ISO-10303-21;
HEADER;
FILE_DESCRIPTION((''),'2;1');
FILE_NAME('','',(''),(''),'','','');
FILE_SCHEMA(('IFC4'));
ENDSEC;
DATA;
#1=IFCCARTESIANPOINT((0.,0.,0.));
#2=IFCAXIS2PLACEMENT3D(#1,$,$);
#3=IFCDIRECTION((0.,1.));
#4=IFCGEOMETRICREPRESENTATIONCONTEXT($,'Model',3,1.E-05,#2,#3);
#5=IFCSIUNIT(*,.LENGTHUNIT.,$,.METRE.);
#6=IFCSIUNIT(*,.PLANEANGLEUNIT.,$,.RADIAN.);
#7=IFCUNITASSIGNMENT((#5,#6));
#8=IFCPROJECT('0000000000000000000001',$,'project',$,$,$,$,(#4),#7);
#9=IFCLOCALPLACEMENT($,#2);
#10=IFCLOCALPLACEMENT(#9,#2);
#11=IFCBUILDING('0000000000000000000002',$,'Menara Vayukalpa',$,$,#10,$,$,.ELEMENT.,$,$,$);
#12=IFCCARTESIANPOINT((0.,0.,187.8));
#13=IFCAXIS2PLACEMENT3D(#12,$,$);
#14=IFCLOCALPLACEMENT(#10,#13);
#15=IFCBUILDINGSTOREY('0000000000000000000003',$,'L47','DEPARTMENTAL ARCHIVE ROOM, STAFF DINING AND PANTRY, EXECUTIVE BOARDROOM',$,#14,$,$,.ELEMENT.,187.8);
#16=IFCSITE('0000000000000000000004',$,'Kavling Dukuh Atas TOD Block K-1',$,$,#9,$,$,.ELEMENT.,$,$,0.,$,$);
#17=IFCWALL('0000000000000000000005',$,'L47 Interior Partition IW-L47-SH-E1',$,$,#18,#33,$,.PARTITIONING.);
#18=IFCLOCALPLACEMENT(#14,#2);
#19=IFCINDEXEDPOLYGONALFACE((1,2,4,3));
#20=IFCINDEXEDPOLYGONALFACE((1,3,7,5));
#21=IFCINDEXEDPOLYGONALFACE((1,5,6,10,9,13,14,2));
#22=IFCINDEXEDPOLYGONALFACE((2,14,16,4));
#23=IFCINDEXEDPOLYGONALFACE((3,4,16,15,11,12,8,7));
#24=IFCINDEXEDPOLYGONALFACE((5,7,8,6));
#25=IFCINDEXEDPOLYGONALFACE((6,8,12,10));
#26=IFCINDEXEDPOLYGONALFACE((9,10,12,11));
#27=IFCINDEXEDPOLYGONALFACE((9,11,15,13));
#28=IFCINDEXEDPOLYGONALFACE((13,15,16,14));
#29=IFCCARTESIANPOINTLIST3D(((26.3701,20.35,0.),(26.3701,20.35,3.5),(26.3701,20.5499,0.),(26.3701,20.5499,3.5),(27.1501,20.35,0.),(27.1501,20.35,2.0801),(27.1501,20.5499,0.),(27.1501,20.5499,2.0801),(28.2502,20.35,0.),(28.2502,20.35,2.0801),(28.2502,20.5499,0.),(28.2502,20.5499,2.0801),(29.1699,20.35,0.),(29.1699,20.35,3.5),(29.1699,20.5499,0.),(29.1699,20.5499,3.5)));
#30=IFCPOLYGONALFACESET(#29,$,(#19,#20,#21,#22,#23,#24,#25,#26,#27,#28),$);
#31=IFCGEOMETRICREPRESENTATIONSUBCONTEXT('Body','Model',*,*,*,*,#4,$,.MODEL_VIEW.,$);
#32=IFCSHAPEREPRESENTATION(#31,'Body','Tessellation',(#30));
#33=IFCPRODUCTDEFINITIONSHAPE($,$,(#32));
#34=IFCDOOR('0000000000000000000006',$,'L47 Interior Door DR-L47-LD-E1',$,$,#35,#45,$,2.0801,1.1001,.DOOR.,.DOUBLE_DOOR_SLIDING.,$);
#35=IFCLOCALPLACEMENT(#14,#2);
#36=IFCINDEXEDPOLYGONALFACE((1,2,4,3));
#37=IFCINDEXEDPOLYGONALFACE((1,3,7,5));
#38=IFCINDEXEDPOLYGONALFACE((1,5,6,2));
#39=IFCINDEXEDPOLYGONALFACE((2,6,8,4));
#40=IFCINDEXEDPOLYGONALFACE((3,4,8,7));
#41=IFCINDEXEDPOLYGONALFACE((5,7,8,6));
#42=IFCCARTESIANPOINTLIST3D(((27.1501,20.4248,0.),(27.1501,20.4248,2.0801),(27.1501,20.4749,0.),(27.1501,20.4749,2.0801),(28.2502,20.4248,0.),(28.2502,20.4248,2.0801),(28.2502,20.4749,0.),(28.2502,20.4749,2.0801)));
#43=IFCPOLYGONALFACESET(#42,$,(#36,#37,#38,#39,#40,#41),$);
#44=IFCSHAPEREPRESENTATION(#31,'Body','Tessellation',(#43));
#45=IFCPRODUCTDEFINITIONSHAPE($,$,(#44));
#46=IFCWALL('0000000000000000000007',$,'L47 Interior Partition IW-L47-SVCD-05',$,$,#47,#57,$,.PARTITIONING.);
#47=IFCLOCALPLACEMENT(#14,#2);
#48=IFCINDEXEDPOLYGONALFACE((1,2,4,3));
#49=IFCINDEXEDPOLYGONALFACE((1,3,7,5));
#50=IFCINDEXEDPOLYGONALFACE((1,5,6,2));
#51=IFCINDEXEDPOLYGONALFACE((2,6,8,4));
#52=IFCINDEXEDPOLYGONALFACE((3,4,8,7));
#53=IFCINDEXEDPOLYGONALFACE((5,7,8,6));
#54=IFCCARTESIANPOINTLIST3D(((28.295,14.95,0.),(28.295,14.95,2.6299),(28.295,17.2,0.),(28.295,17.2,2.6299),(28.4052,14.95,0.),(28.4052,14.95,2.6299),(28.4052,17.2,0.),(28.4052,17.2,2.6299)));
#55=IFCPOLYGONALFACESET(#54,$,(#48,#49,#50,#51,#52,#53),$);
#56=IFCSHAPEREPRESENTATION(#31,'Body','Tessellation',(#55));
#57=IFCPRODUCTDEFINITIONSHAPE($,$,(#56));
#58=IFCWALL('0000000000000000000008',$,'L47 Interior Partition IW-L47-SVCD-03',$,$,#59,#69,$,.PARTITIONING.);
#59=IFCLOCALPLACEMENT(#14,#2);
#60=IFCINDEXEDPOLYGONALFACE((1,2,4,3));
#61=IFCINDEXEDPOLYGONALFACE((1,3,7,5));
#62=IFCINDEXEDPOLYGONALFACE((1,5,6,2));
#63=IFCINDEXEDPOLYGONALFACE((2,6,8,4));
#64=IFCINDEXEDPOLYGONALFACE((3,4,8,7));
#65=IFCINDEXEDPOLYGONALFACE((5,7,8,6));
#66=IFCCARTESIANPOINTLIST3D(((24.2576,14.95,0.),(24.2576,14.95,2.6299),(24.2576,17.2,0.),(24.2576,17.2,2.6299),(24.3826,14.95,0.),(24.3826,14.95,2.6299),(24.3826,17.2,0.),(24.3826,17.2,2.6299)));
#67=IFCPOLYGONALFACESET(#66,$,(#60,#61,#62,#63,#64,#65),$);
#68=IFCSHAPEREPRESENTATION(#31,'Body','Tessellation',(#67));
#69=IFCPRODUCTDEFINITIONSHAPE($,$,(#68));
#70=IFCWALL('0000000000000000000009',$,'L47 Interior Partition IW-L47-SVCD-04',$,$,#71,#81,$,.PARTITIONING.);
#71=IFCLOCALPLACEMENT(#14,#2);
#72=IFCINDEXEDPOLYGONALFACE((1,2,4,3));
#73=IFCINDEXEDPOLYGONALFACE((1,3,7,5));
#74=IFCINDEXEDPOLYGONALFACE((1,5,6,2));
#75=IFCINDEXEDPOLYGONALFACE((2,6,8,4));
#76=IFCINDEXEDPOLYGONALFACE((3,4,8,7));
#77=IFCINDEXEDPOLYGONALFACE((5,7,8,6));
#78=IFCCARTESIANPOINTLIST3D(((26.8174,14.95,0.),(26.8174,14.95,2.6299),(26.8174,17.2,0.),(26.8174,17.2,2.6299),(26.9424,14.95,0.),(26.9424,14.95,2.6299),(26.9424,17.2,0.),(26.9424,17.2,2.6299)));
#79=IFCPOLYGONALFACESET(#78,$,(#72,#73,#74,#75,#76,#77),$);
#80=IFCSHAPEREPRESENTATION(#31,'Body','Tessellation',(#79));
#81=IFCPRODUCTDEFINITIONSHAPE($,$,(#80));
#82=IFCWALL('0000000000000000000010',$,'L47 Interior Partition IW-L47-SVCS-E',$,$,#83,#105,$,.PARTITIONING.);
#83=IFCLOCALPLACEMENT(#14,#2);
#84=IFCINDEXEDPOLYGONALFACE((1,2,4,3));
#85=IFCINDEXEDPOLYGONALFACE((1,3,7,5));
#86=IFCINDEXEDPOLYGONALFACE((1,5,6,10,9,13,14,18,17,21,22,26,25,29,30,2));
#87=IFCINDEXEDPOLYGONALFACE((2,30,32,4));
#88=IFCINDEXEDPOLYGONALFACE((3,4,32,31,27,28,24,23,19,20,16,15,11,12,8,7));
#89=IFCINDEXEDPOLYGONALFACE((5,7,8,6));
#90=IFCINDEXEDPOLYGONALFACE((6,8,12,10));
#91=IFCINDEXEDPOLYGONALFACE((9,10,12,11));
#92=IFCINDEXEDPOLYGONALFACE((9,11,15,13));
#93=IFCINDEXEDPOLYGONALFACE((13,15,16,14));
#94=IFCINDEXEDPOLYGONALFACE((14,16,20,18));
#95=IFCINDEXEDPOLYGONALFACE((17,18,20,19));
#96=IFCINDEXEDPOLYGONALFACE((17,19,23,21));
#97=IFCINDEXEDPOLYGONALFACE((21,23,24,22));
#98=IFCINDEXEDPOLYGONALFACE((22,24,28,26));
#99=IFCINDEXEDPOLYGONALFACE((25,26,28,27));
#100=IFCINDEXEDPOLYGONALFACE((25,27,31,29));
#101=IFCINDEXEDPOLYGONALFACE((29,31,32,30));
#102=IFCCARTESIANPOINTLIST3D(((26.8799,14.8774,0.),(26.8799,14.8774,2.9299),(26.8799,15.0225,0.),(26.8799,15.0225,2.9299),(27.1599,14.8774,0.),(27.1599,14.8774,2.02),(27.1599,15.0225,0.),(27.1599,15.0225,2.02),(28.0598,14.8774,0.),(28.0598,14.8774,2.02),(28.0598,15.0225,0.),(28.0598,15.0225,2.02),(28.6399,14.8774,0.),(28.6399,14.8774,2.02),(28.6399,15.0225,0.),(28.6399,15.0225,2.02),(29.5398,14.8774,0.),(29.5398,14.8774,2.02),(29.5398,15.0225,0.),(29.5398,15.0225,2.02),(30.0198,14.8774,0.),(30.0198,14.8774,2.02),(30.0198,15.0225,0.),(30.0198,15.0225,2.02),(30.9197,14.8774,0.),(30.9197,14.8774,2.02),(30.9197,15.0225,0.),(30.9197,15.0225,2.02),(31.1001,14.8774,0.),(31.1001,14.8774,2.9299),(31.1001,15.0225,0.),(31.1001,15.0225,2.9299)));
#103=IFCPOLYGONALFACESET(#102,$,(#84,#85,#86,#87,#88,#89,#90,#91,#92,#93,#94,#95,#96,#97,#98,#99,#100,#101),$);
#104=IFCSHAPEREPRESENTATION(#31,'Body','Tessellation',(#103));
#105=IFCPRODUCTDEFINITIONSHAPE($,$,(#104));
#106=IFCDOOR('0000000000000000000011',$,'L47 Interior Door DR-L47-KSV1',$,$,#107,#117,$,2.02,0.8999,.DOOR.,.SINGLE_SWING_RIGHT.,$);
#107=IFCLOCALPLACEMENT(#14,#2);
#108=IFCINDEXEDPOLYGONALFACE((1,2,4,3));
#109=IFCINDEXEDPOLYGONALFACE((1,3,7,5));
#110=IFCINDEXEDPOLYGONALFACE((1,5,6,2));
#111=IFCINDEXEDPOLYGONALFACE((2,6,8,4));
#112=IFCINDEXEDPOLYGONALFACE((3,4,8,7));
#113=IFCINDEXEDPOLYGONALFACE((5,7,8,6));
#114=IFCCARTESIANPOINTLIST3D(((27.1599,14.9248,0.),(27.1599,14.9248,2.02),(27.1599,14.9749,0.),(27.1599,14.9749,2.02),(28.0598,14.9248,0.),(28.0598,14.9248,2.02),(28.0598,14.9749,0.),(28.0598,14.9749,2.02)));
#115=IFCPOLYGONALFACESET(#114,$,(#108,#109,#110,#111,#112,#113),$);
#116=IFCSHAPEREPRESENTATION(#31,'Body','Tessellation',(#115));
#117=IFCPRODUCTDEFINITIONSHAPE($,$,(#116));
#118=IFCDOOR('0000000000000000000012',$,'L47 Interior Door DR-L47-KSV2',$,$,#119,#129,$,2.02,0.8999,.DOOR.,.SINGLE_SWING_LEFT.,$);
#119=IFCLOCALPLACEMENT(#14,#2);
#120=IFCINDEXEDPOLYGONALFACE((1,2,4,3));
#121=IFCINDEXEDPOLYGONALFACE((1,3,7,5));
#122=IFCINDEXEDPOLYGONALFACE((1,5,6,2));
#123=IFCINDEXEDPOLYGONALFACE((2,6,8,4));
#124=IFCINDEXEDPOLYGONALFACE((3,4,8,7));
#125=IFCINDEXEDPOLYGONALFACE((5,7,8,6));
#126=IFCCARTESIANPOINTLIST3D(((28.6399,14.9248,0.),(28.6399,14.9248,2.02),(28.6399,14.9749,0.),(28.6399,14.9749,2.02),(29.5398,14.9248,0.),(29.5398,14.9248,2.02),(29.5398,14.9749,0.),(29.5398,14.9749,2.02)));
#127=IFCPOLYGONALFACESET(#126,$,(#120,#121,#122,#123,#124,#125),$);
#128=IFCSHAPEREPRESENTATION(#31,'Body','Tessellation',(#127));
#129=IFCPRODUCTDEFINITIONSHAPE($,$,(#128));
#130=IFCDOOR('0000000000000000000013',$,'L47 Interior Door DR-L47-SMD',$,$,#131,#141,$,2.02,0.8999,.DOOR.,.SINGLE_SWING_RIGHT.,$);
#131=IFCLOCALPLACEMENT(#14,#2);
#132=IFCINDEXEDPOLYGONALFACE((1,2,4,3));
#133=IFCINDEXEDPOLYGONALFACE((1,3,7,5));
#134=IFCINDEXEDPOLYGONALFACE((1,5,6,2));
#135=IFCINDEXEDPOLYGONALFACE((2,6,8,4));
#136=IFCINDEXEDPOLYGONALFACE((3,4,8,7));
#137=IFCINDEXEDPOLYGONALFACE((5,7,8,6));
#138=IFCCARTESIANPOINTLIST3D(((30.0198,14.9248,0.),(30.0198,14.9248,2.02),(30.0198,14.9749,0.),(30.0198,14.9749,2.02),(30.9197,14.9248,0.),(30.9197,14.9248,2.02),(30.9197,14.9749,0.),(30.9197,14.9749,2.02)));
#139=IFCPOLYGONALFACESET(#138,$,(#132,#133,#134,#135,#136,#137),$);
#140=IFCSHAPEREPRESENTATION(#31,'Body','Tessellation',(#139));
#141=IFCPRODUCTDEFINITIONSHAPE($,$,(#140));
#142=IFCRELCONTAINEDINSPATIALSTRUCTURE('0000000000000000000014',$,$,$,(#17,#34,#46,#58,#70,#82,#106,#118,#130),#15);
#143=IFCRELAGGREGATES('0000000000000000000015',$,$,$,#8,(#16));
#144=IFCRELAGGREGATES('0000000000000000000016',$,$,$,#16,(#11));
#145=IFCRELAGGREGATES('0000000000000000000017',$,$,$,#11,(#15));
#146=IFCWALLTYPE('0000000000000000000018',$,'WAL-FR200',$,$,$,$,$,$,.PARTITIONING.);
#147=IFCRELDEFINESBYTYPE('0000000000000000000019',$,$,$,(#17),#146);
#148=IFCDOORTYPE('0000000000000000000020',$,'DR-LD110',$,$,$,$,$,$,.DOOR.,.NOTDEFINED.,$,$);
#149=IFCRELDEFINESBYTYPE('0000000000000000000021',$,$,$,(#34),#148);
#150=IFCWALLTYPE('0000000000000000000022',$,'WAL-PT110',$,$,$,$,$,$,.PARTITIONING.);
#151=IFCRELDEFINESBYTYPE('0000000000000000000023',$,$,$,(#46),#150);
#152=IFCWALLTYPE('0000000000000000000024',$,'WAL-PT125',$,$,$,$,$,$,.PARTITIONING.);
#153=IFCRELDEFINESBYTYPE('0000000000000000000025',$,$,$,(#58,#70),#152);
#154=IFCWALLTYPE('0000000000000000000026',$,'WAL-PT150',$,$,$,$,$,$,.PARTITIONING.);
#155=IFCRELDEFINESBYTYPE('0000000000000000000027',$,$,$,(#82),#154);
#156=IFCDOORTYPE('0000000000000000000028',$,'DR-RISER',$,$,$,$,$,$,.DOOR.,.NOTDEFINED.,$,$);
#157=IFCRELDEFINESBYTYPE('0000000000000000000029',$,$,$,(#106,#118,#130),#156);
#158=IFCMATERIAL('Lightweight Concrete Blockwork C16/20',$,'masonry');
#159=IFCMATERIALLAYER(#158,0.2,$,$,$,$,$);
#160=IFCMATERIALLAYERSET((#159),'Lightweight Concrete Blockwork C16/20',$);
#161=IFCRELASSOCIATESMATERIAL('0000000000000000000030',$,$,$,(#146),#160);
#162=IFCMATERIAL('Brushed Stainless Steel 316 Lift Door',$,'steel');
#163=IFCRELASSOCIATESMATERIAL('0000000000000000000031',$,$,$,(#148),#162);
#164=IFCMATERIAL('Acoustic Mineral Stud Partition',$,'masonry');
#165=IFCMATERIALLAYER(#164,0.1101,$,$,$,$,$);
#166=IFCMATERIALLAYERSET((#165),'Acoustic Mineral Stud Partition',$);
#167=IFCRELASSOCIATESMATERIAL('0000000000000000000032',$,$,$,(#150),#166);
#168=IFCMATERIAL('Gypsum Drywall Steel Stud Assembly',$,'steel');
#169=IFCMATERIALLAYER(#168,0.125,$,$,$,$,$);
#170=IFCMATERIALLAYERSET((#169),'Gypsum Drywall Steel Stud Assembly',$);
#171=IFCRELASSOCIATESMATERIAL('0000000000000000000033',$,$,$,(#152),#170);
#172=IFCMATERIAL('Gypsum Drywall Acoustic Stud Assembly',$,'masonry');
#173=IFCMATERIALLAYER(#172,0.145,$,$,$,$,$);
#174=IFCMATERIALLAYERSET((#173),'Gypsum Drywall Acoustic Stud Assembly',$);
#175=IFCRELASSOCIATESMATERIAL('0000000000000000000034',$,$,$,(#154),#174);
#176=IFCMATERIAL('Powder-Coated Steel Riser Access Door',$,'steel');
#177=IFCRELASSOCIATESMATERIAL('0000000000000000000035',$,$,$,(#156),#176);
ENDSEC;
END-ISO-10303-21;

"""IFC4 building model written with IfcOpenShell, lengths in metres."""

from ifc_helpers import new_model, si_unit, direction, frame, frame_2d, origin, place, context, subcontext, project, spatial, rectangle, extrude, material, layer, layer_set, type_object, element, fill, save


model = new_model("IFC4")

# Units and contexts
model_context = context("Model", 3, precision=1e-05, world=origin(), true_north=direction((0.0, 1.0)))
body_context = subcontext(model_context, "Body", "Model", "MODEL_VIEW")
ifc_project = project(units=[si_unit("LENGTHUNIT", "METRE"), si_unit("PLANEANGLEUNIT", "RADIAN")], contexts=[model_context])

# Site, building, storey
site_placement = place(None, origin())
site = spatial("IfcSite", under=ifc_project, at=site_placement, Name="Kavling Dukuh Atas TOD Block K-1", CompositionType="ELEMENT", RefElevation=0.0)
building_placement = place(site_placement, origin())
building = spatial("IfcBuilding", under=site, at=building_placement, Name="Menara Vayukalpa", CompositionType="ELEMENT")
storey_placement = place(building_placement, frame((0.0, 0.0, 187.8)))
storey = spatial("IfcBuildingStorey", under=building, at=storey_placement, Name="L47", Description="DEPARTMENTAL ARCHIVE ROOM, STAFF DINING AND PANTRY, EXECUTIVE BOARDROOM", CompositionType="ELEMENT", Elevation=187.8)

# Wall, opening, door
ifc_material_1 = material(Name="Lightweight Concrete Blockwork C16/20", Category="masonry")
ifc_layer_1 = layer(ifc_material_1, 0.2)
ifc_layer_set_1 = layer_set([ifc_layer_1], Name="Lightweight Concrete Blockwork C16/20")
wall_type_1 = type_object("IfcWallType", Name="WAL-FR200", PredefinedType="PARTITIONING", material=ifc_layer_set_1)
wall_1_placement = place(storey_placement, frame((26.3701, 20.45, 0.0), z_axis=(0.0, 0.0, 1.0), x_axis=(1.0, 0.0, 0.0)))
wall_1 = element("IfcWall", 1, at=wall_1_placement, inside=storey, type_object=wall_type_1, Name="L47 Interior Partition IW-L47-SH-E1", PredefinedType="PARTITIONING", context=body_context, shape_type="SweptSolid", body=[
    extrude(rectangle(XDim=2.7998, YDim=0.2, at=frame_2d((1.3999, 0.0))), origin(), (0.0, 0.0, 1.0), 3.5),
])
opening_1_placement = place(wall_1_placement, frame((0.78, 0.0, 0.0)))
opening_1 = element("IfcOpeningElement", 2, at=opening_1_placement, cuts=wall_1, PredefinedType="OPENING", context=body_context, shape_type="SweptSolid", body=[
    extrude(rectangle(XDim=1.1001, YDim=2.0801, at=frame_2d((0.55, 1.04))), frame((0.0, 0.1099, 0.0), z_axis=(0.0, -1.0, 0.0), x_axis=(1.0, 0.0, 0.0)), (0.0, 0.0, 1.0), 0.22),
])
ifc_material_2 = material(Name="Brushed Stainless Steel 316 Lift Door", Category="steel")
door_type_1 = type_object("IfcDoorType", Name="DR-LD110", OperationType="NOTDEFINED", PredefinedType="DOOR", material=ifc_material_2)
door_1_placement = place(opening_1_placement, origin())
door_1 = element("IfcDoor", 3, at=door_1_placement, inside=storey, type_object=door_type_1, Name="L47 Interior Door DR-L47-LD-E1", OperationType="DOUBLE_DOOR_SLIDING", OverallHeight=2.0801, OverallWidth=1.1001, PredefinedType="DOOR", context=body_context, shape_type="SweptSolid", body=[
    extrude(rectangle(XDim=1.1001, YDim=2.0801, at=frame_2d((0.55, 1.04))), frame((0.0, 0.0249, 0.0), z_axis=(0.0, -1.0, 0.0), x_axis=(1.0, 0.0, 0.0)), (0.0, 0.0, 1.0), 0.05),
])
fill(opening_1, door_1)

# Walls
ifc_material_3 = material(Name="Acoustic Mineral Stud Partition", Category="masonry")
ifc_layer_2 = layer(ifc_material_3, 0.1101)
ifc_layer_set_2 = layer_set([ifc_layer_2], Name="Acoustic Mineral Stud Partition")
wall_type_2 = type_object("IfcWallType", Name="WAL-PT110", PredefinedType="PARTITIONING", material=ifc_layer_set_2)
wall_2_placement = place(storey_placement, frame((28.3501, 14.95, 0.0), z_axis=(0.0, 0.0, 1.0), x_axis=(0.0, 1.0, 0.0)))
element("IfcWall", 4, at=wall_2_placement, inside=storey, type_object=wall_type_2, Name="L47 Interior Partition IW-L47-SVCD-05", PredefinedType="PARTITIONING", context=body_context, shape_type="SweptSolid", body=[
    extrude(rectangle(XDim=2.25, YDim=0.1101, at=frame_2d((1.125, 0.0))), origin(), (0.0, 0.0, 1.0), 2.6299),
])
ifc_material_4 = material(Name="Gypsum Drywall Steel Stud Assembly", Category="steel")
ifc_layer_3 = layer(ifc_material_4, 0.125)
ifc_layer_set_3 = layer_set([ifc_layer_3], Name="Gypsum Drywall Steel Stud Assembly")
wall_type_3 = type_object("IfcWallType", Name="WAL-PT125", PredefinedType="PARTITIONING", material=ifc_layer_set_3)
for number, where, z_axis, x_axis, name in (
    (5, (24.3201, 14.95, 0.0), (0.0, 0.0, 1.0), (0.0, 1.0, 0.0), "L47 Interior Partition IW-L47-SVCD-03"),
    (6, (26.8799, 14.95, 0.0), (0.0, 0.0, 1.0), (0.0, 1.0, 0.0), "L47 Interior Partition IW-L47-SVCD-04"),
):
    element("IfcWall", number, at=place(storey_placement, frame(where, z_axis=z_axis, x_axis=x_axis)), inside=storey, type_object=wall_type_3, Name=name, PredefinedType="PARTITIONING", context=body_context, shape_type="SweptSolid", body=[
        extrude(rectangle(XDim=2.25, YDim=0.125, at=frame_2d((1.125, 0.0))), origin(), (0.0, 0.0, 1.0), 2.6299),
    ])

# Wall, openings, doors
ifc_material_5 = material(Name="Gypsum Drywall Acoustic Stud Assembly", Category="masonry")
ifc_layer_4 = layer(ifc_material_5, 0.145)
ifc_layer_set_4 = layer_set([ifc_layer_4], Name="Gypsum Drywall Acoustic Stud Assembly")
wall_type_4 = type_object("IfcWallType", Name="WAL-PT150", PredefinedType="PARTITIONING", material=ifc_layer_set_4)
wall_3_placement = place(storey_placement, frame((26.8799, 14.95, 0.0), z_axis=(0.0, 0.0, 1.0), x_axis=(1.0, 0.0, 0.0)))
wall_3 = element("IfcWall", 7, at=wall_3_placement, inside=storey, type_object=wall_type_4, Name="L47 Interior Partition IW-L47-SVCS-E", PredefinedType="PARTITIONING", context=body_context, shape_type="SweptSolid", body=[
    extrude(rectangle(XDim=4.2202, YDim=0.145, at=frame_2d((2.1101, 0.0))), origin(), (0.0, 0.0, 1.0), 2.9299),
])
opening_2_placement = place(wall_3_placement, frame((0.28, 0.0, 0.0)))
opening_2 = element("IfcOpeningElement", 8, at=opening_2_placement, cuts=wall_3, PredefinedType="OPENING", context=body_context, shape_type="SweptSolid", body=[
    extrude(rectangle(XDim=0.8999, YDim=2.02, at=frame_2d((0.45, 1.01))), frame((0.0, 0.0825, 0.0), z_axis=(0.0, -1.0, 0.0), x_axis=(1.0, 0.0, 0.0)), (0.0, 0.0, 1.0), 0.165),
])
opening_3_placement = place(wall_3_placement, frame((1.76, 0.0, 0.0)))
opening_3 = element("IfcOpeningElement", 9, at=opening_3_placement, cuts=wall_3, PredefinedType="OPENING", context=body_context, shape_type="SweptSolid", body=[
    extrude(rectangle(XDim=0.8999, YDim=2.02, at=frame_2d((0.45, 1.01))), frame((0.0, 0.0825, 0.0), z_axis=(0.0, -1.0, 0.0), x_axis=(1.0, 0.0, 0.0)), (0.0, 0.0, 1.0), 0.165),
])
opening_4_placement = place(wall_3_placement, frame((3.1399, 0.0, 0.0)))
opening_4 = element("IfcOpeningElement", 10, at=opening_4_placement, cuts=wall_3, PredefinedType="OPENING", context=body_context, shape_type="SweptSolid", body=[
    extrude(rectangle(XDim=0.8999, YDim=2.02, at=frame_2d((0.45, 1.01))), frame((0.0, 0.0825, 0.0), z_axis=(0.0, -1.0, 0.0), x_axis=(1.0, 0.0, 0.0)), (0.0, 0.0, 1.0), 0.165),
])
ifc_material_6 = material(Name="Powder-Coated Steel Riser Access Door", Category="steel")
door_type_2 = type_object("IfcDoorType", Name="DR-RISER", OperationType="NOTDEFINED", PredefinedType="DOOR", material=ifc_material_6)
door_2_placement = place(opening_2_placement, origin())
door_2 = element("IfcDoor", 11, at=door_2_placement, inside=storey, type_object=door_type_2, Name="L47 Interior Door DR-L47-KSV1", OperationType="SINGLE_SWING_RIGHT", OverallHeight=2.02, OverallWidth=0.8999, PredefinedType="DOOR", context=body_context, shape_type="SweptSolid", body=[
    extrude(rectangle(XDim=0.8999, YDim=2.02, at=frame_2d((0.45, 1.01))), frame((0.0, 0.0249, 0.0), z_axis=(0.0, -1.0, 0.0), x_axis=(1.0, 0.0, 0.0)), (0.0, 0.0, 1.0), 0.05),
])
fill(opening_2, door_2)
door_3_placement = place(opening_3_placement, origin())
door_3 = element("IfcDoor", 12, at=door_3_placement, inside=storey, type_object=door_type_2, Name="L47 Interior Door DR-L47-KSV2", OperationType="SINGLE_SWING_LEFT", OverallHeight=2.02, OverallWidth=0.8999, PredefinedType="DOOR", context=body_context, shape_type="SweptSolid", body=[
    extrude(rectangle(XDim=0.8999, YDim=2.02, at=frame_2d((0.45, 1.01))), frame((0.0, 0.0249, 0.0), z_axis=(0.0, -1.0, 0.0), x_axis=(1.0, 0.0, 0.0)), (0.0, 0.0, 1.0), 0.05),
])
fill(opening_3, door_3)
door_4_placement = place(opening_4_placement, origin())
door_4 = element("IfcDoor", 13, at=door_4_placement, inside=storey, type_object=door_type_2, Name="L47 Interior Door DR-L47-SMD", OperationType="SINGLE_SWING_RIGHT", OverallHeight=2.02, OverallWidth=0.8999, PredefinedType="DOOR", context=body_context, shape_type="SweptSolid", body=[
    extrude(rectangle(XDim=0.8999, YDim=2.02, at=frame_2d((0.45, 1.01))), frame((0.0, 0.0249, 0.0), z_axis=(0.0, -1.0, 0.0), x_axis=(1.0, 0.0, 0.0)), (0.0, 0.0, 1.0), 0.05),
])
fill(opening_4, door_4)

save(model, "model.ifc")
